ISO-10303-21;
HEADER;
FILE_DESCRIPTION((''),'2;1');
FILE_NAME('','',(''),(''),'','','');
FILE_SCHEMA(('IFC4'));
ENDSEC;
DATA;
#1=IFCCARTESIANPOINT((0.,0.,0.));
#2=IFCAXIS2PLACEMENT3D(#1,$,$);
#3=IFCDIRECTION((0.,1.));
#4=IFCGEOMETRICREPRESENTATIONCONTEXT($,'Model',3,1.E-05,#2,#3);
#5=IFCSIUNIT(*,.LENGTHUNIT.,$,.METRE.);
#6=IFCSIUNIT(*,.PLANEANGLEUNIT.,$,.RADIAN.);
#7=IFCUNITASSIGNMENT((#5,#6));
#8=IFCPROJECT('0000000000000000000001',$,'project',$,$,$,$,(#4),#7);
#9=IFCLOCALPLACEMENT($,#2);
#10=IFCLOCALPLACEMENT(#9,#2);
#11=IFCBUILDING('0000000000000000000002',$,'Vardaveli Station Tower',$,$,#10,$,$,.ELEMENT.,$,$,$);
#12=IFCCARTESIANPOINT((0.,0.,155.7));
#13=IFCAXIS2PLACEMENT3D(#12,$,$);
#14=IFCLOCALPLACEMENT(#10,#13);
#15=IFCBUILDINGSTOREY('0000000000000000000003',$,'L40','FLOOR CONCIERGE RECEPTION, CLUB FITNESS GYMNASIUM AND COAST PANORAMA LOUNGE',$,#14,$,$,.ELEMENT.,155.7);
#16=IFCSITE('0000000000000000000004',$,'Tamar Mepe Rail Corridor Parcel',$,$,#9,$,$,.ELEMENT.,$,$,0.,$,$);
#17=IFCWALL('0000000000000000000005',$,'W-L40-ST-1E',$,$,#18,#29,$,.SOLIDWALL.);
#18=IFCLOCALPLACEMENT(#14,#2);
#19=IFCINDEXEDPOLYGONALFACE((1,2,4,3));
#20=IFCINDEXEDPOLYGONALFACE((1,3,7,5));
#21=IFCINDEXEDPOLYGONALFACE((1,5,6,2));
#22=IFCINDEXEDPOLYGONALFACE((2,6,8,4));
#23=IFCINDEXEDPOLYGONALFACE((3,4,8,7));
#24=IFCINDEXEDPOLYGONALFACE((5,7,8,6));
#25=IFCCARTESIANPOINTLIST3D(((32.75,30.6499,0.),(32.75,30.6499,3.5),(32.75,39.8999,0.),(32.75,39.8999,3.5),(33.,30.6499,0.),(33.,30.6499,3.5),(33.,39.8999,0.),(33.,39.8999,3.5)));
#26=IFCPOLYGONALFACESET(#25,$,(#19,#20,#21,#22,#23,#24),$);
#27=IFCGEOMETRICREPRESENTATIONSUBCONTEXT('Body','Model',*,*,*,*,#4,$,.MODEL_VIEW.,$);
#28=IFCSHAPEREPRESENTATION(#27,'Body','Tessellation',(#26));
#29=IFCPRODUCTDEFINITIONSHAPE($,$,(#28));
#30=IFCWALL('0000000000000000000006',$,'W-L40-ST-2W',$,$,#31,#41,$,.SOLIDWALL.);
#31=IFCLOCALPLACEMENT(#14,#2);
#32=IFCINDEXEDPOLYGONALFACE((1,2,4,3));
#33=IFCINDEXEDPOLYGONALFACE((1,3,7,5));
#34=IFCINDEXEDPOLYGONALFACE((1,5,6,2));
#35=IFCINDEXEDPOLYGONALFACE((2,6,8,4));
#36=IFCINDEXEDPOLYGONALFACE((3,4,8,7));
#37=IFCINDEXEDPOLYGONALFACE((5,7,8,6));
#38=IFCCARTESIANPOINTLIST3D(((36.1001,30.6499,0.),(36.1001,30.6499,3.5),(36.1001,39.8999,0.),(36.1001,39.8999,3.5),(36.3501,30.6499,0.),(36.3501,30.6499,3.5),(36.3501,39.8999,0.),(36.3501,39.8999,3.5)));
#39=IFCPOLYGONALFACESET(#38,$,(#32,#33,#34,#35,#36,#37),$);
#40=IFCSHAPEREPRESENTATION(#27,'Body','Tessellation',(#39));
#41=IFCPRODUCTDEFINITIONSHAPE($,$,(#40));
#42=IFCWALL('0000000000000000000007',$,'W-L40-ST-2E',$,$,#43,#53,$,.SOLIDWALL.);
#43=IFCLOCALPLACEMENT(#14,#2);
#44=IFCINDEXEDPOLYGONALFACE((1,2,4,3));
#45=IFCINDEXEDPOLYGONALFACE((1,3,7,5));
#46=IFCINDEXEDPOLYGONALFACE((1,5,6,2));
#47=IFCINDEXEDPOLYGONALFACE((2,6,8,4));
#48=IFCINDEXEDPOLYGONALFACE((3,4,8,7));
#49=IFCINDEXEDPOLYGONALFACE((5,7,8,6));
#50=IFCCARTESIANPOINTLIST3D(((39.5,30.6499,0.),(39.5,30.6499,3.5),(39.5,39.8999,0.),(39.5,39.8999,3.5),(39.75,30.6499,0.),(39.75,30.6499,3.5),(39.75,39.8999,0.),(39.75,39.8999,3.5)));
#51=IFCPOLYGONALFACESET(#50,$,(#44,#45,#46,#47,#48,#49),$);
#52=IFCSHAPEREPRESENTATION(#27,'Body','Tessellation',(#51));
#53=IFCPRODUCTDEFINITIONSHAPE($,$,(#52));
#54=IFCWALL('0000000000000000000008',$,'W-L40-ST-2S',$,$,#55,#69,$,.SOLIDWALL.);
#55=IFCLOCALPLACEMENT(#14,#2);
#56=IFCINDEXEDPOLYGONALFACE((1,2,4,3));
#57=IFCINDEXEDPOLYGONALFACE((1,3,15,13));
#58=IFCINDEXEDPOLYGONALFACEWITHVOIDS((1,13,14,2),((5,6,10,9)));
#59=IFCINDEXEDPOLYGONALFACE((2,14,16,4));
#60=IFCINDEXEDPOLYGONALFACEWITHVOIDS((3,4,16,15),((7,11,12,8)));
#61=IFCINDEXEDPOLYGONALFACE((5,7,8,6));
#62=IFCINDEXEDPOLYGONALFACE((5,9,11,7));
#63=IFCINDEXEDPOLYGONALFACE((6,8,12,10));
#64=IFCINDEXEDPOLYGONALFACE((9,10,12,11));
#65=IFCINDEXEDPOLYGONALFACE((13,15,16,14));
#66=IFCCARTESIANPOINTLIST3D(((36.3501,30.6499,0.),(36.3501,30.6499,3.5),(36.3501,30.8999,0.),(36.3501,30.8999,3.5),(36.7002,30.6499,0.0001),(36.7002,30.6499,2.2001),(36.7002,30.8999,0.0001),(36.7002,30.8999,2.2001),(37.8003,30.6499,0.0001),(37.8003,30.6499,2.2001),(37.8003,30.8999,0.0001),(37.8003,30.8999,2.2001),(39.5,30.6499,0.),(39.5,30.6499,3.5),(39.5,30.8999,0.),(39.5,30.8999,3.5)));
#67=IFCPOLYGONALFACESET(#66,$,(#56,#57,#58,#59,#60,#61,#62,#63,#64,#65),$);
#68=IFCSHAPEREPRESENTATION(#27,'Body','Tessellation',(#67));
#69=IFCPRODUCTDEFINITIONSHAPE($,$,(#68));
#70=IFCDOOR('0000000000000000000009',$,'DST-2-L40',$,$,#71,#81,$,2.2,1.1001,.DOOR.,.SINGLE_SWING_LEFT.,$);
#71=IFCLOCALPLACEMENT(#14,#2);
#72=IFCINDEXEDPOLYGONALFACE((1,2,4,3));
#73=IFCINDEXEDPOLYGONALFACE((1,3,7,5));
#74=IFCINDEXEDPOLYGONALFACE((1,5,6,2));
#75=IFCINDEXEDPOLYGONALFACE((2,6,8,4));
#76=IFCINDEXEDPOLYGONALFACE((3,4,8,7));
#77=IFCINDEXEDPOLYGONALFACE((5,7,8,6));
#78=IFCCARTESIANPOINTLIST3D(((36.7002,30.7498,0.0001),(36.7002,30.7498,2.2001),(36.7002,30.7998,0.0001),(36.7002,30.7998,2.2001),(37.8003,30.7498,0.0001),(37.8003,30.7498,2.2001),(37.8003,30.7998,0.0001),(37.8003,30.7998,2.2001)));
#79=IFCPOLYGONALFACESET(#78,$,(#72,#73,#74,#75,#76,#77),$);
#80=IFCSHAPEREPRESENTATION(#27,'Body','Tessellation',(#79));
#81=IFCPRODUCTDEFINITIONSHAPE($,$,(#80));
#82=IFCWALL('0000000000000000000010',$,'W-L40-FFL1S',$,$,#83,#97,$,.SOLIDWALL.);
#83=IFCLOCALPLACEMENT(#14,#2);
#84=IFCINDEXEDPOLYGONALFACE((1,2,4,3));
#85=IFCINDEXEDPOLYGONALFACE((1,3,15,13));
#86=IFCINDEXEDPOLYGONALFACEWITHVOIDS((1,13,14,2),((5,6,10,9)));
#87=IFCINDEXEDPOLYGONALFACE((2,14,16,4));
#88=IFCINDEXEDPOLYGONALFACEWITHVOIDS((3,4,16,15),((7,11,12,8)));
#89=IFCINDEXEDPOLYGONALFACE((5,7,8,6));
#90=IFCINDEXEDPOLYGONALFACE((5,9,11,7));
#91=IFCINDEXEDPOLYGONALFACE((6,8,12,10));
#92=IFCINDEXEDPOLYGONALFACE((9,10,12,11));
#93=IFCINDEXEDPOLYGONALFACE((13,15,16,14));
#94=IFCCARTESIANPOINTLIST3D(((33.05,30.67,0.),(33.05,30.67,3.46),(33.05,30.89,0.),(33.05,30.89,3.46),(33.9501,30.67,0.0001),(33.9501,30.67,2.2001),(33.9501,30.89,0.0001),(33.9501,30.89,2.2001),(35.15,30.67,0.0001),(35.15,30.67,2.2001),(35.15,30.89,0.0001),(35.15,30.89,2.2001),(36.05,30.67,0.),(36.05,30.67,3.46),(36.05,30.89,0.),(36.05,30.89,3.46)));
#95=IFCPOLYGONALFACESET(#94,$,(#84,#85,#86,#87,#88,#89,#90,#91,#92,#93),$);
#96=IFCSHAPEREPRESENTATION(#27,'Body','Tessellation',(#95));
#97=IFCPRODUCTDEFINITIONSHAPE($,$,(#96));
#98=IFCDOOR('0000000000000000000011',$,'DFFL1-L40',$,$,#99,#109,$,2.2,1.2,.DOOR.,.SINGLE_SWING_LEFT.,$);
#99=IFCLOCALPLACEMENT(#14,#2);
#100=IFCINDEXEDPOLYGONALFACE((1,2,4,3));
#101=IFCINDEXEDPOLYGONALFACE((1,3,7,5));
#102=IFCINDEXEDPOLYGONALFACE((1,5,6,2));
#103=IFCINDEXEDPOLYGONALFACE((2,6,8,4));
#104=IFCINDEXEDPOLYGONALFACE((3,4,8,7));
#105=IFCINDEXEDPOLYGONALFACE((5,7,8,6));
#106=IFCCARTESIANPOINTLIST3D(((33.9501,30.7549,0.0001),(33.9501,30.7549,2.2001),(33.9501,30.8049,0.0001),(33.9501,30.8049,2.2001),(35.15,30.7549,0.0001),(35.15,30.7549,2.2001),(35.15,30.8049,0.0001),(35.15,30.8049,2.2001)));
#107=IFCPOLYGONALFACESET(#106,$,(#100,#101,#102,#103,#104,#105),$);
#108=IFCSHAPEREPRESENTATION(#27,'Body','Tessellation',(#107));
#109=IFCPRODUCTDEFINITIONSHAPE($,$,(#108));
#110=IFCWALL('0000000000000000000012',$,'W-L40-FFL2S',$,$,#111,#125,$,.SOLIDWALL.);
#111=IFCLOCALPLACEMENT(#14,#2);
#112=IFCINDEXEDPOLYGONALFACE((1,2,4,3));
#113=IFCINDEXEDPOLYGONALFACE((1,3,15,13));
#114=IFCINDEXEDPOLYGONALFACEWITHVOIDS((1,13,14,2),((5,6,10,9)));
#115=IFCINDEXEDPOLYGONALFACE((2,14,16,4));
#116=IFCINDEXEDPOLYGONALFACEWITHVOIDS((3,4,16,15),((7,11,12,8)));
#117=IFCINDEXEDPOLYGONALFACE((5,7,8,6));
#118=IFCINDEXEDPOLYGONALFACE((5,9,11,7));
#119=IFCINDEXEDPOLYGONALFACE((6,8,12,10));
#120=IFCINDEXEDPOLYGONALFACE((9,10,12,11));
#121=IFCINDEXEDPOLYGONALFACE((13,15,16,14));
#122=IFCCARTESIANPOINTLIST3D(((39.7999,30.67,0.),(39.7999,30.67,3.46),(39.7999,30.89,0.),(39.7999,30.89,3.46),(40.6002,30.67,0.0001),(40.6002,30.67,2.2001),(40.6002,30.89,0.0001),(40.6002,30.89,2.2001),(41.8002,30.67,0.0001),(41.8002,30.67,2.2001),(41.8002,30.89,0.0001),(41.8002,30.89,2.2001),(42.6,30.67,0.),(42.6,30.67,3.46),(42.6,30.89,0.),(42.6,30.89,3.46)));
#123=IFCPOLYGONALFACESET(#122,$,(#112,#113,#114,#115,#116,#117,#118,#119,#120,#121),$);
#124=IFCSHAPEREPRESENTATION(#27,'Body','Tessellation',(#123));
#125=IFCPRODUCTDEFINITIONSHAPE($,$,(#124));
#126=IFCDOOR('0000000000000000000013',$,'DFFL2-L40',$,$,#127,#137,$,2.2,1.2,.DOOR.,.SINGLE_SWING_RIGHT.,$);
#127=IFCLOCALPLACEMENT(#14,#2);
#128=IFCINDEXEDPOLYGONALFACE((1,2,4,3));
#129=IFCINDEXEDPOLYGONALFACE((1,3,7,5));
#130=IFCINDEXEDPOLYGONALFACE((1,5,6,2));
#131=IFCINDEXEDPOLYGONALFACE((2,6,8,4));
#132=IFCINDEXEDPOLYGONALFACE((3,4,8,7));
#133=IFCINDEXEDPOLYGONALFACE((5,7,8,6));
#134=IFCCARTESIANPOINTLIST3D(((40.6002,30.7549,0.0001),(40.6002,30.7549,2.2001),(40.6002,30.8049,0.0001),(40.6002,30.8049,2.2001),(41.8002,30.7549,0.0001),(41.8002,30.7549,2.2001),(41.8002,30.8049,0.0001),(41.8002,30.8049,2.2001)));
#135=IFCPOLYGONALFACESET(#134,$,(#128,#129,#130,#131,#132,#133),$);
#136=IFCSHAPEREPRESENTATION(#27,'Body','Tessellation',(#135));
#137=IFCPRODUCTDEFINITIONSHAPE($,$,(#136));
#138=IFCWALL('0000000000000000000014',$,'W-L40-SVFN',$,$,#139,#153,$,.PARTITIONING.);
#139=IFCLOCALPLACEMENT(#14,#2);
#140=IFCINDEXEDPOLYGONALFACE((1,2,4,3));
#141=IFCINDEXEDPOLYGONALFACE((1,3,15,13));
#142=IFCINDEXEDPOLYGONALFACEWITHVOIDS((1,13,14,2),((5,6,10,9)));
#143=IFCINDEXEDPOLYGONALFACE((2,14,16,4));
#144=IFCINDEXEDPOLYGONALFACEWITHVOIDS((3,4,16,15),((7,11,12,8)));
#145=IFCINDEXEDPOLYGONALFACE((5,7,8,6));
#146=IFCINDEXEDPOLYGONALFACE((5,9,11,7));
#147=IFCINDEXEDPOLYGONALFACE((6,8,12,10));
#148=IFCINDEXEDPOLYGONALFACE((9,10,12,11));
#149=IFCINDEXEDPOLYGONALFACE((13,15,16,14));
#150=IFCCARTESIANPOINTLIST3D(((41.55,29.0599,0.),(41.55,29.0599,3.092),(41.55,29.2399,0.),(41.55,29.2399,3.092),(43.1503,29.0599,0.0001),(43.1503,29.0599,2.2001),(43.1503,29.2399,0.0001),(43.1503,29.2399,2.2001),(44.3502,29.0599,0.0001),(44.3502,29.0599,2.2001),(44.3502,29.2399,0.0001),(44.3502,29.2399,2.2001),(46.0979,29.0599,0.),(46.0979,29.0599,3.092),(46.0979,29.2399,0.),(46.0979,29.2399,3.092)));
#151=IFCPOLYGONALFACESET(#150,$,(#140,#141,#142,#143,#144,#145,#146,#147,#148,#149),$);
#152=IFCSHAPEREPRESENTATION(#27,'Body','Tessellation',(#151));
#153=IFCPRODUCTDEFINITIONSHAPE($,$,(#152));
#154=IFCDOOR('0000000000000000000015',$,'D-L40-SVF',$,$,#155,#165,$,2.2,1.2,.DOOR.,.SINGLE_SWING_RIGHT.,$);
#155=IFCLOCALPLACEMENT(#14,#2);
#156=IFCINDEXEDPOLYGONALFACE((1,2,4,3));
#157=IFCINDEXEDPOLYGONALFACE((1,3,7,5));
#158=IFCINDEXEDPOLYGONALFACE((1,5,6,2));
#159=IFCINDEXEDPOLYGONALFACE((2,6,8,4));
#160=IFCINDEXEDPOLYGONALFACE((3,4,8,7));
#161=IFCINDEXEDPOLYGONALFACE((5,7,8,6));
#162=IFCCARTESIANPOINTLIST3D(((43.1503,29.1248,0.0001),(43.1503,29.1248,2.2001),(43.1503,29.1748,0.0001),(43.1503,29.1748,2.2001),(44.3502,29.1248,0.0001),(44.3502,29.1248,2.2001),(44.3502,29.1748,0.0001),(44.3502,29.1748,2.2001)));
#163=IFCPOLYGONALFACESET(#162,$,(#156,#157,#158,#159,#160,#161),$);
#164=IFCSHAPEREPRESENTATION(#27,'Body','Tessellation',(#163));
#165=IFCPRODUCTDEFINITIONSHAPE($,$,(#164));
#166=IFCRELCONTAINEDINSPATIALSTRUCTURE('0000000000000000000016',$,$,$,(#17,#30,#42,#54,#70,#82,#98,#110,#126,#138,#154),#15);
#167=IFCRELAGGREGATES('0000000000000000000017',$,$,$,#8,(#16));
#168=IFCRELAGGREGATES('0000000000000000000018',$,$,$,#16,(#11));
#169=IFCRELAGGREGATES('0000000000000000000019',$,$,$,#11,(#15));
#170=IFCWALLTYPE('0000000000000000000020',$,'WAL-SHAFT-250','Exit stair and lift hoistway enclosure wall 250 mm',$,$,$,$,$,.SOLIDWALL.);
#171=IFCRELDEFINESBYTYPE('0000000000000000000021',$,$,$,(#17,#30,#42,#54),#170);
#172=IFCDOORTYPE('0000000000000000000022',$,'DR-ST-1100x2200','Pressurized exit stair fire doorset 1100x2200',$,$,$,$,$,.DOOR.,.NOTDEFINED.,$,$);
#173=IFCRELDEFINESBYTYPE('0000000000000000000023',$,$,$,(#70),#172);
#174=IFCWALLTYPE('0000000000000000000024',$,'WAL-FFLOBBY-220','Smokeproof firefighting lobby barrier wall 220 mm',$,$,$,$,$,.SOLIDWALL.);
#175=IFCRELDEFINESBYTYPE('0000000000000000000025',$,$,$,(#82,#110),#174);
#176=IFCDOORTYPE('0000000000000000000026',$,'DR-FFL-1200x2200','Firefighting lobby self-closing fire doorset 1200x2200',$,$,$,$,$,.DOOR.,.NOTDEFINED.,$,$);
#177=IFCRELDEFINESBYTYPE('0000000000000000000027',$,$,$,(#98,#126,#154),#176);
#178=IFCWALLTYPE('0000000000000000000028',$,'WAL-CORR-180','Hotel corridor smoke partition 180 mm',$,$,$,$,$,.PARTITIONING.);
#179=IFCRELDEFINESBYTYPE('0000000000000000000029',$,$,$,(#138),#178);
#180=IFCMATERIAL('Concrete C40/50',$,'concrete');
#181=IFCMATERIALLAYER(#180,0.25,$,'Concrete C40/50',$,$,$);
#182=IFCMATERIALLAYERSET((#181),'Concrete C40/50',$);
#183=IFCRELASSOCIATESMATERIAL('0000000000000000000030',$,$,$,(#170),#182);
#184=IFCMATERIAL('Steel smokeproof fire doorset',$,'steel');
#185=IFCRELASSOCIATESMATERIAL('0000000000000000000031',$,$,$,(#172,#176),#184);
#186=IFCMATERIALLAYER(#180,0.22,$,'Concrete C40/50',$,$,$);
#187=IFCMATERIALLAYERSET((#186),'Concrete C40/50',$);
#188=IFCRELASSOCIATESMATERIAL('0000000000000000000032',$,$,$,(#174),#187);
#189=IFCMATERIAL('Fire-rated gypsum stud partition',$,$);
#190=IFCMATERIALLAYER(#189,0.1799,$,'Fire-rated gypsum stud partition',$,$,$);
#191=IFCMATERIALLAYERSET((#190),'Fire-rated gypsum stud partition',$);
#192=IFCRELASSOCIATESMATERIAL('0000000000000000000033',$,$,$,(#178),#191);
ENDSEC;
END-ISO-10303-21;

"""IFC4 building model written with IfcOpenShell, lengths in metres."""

from ifc_helpers import new_model, si_unit, direction, frame, frame_2d, origin, place, context, subcontext, project, spatial, rectangle, extrude, source, transform, mapped, material, layer, layer_set, type_object, element, fill, save


model = new_model("IFC4")

# Units and contexts
model_context = context("Model", 3, precision=1e-05, world=origin(), true_north=direction((0.0, 1.0)))
body_context = subcontext(model_context, "Body", "Model", "MODEL_VIEW")
ifc_project = project(units=[si_unit("LENGTHUNIT", "METRE"), si_unit("PLANEANGLEUNIT", "RADIAN")], contexts=[model_context])

# Site, building, storey
site_placement = place(None, origin())
site = spatial("IfcSite", under=ifc_project, at=site_placement, Name="Tamar Mepe Rail Corridor Parcel", CompositionType="ELEMENT", RefElevation=0.0)
building_placement = place(site_placement, origin())
building = spatial("IfcBuilding", under=site, at=building_placement, Name="Vardaveli Station Tower", CompositionType="ELEMENT")
storey_placement = place(building_placement, frame((0.0, 0.0, 155.7)))
storey = spatial("IfcBuildingStorey", under=building, at=storey_placement, Name="L40", Description="FLOOR CONCIERGE RECEPTION, CLUB FITNESS GYMNASIUM AND COAST PANORAMA LOUNGE", CompositionType="ELEMENT", Elevation=155.7)

# Walls
ifc_material_1 = material(Name="Concrete C40/50", Category="concrete")
ifc_layer_1 = layer(ifc_material_1, 0.25, Name="Concrete C40/50")
ifc_layer_set_1 = layer_set([ifc_layer_1], Name="Concrete C40/50")
wall_type_1 = type_object("IfcWallType", Name="WAL-SHAFT-250", Description="Exit stair and lift hoistway enclosure wall 250 mm", PredefinedType="SOLIDWALL", material=ifc_layer_set_1)
shared_shape_1 = source(origin(), body_context, "Body", "SweptSolid", [
    extrude(rectangle(XDim=9.25, YDim=0.25, at=frame_2d((4.625, 0.0))), origin(), (0.0, 0.0, 1.0), 3.5),
])
for number, where, z_axis, x_axis, name in (
    (1, (32.875, 30.6499, 0.0), (0.0, 0.0, 1.0), (0.0, 1.0, 0.0), "W-L40-ST-1E"),
    (2, (36.2251, 30.6499, 0.0), (0.0, 0.0, 1.0), (0.0, 1.0, 0.0), "W-L40-ST-2W"),
    (3, (39.625, 30.6499, 0.0), (0.0, 0.0, 1.0), (0.0, 1.0, 0.0), "W-L40-ST-2E"),
):
    element("IfcWall", number, at=place(storey_placement, frame(where, z_axis=z_axis, x_axis=x_axis)), inside=storey, type_object=wall_type_1, Name=name, PredefinedType="SOLIDWALL", context=body_context, shape_type="MappedRepresentation", body=[
        mapped(shared_shape_1, transform((0.0, 0.0, 0.0), scale=1.0)),
    ])

# Walls, openings, doors
shared_shape_2 = source(origin(), body_context, "Body", "SweptSolid", [
    extrude(rectangle(XDim=3.1499, YDim=0.25, at=frame_2d((1.575, 0.0))), origin(), (0.0, 0.0, 1.0), 3.5),
])
wall_1_placement = place(storey_placement, frame((36.3501, 30.7749, 0.0), z_axis=(0.0, 0.0, 1.0), x_axis=(1.0, 0.0, 0.0)))
wall_1 = element("IfcWall", 4, at=wall_1_placement, inside=storey, type_object=wall_type_1, Name="W-L40-ST-2S", PredefinedType="SOLIDWALL", context=body_context, shape_type="MappedRepresentation", body=[
    mapped(shared_shape_2, transform((0.0, 0.0, 0.0), scale=1.0)),
])
shared_shape_3 = source(origin(), body_context, "Body", "SweptSolid", [
    extrude(rectangle(XDim=1.1001, YDim=2.2, at=frame_2d((0.55, 1.1001))), frame((0.0, 0.135, 0.0), z_axis=(0.0, -1.0, 0.0), x_axis=(1.0, 0.0, 0.0)), (0.0, 0.0, 1.0), 0.27),
])
opening_1_placement = place(wall_1_placement, frame((0.3501, 0.0, 0.0)))
opening_1 = element("IfcOpeningElement", 5, at=opening_1_placement, cuts=wall_1, PredefinedType="OPENING", context=body_context, shape_type="MappedRepresentation", body=[
    mapped(shared_shape_3, transform((0.0, 0.0, 0.0), scale=1.0)),
])
ifc_material_2 = material(Name="Steel smokeproof fire doorset", Category="steel")
door_type_1 = type_object("IfcDoorType", Name="DR-ST-1100x2200", Description="Pressurized exit stair fire doorset 1100x2200", OperationType="NOTDEFINED", PredefinedType="DOOR", material=ifc_material_2)
shared_shape_4 = source(origin(), body_context, "Body", "SweptSolid", [
    extrude(rectangle(XDim=1.1001, YDim=2.2, at=frame_2d((0.55, 1.1001))), frame((0.0, 0.0249, 0.0), z_axis=(0.0, -1.0, 0.0), x_axis=(1.0, 0.0, 0.0)), (0.0, 0.0, 1.0), 0.05),
])
door_1_placement = place(opening_1_placement, origin())
door_1 = element("IfcDoor", 6, at=door_1_placement, inside=storey, type_object=door_type_1, Name="DST-2-L40", OperationType="SINGLE_SWING_LEFT", OverallHeight=2.2, OverallWidth=1.1001, PredefinedType="DOOR", context=body_context, shape_type="MappedRepresentation", body=[
    mapped(shared_shape_4, transform((0.0, 0.0, 0.0), scale=1.0)),
])
fill(opening_1, door_1)
ifc_layer_2 = layer(ifc_material_1, 0.22, Name="Concrete C40/50")
ifc_layer_set_2 = layer_set([ifc_layer_2], Name="Concrete C40/50")
wall_type_2 = type_object("IfcWallType", Name="WAL-FFLOBBY-220", Description="Smokeproof firefighting lobby barrier wall 220 mm", PredefinedType="SOLIDWALL", material=ifc_layer_set_2)
shared_shape_5 = source(origin(), body_context, "Body", "SweptSolid", [
    extrude(rectangle(XDim=3.0, YDim=0.22, at=frame_2d((1.5, 0.0))), origin(), (0.0, 0.0, 1.0), 3.46),
])
wall_2_placement = place(storey_placement, frame((33.05, 30.78, 0.0), z_axis=(0.0, 0.0, 1.0), x_axis=(1.0, 0.0, 0.0)))
wall_2 = element("IfcWall", 7, at=wall_2_placement, inside=storey, type_object=wall_type_2, Name="W-L40-FFL1S", PredefinedType="SOLIDWALL", context=body_context, shape_type="MappedRepresentation", body=[
    mapped(shared_shape_5, transform((0.0, 0.0, 0.0), scale=1.0)),
])
shared_shape_6 = source(origin(), body_context, "Body", "SweptSolid", [
    extrude(rectangle(XDim=1.2, YDim=2.2, at=frame_2d((0.6001, 1.1001))), frame((0.0, 0.1201, 0.0), z_axis=(0.0, -1.0, 0.0), x_axis=(1.0, 0.0, 0.0)), (0.0, 0.0, 1.0), 0.24),
])
opening_2_placement = place(wall_2_placement, frame((0.8999, 0.0, 0.0)))
opening_2 = element("IfcOpeningElement", 8, at=opening_2_placement, cuts=wall_2, PredefinedType="OPENING", context=body_context, shape_type="MappedRepresentation", body=[
    mapped(shared_shape_6, transform((0.0, 0.0, 0.0), scale=1.0)),
])
door_type_2 = type_object("IfcDoorType", Name="DR-FFL-1200x2200", Description="Firefighting lobby self-closing fire doorset 1200x2200", OperationType="NOTDEFINED", PredefinedType="DOOR", material=ifc_material_2)
shared_shape_7 = source(origin(), body_context, "Body", "SweptSolid", [
    extrude(rectangle(XDim=1.2, YDim=2.2, at=frame_2d((0.6001, 1.1001))), frame((0.0, 0.0249, 0.0), z_axis=(0.0, -1.0, 0.0), x_axis=(1.0, 0.0, 0.0)), (0.0, 0.0, 1.0), 0.05),
])
door_2_placement = place(opening_2_placement, origin())
door_2 = element("IfcDoor", 9, at=door_2_placement, inside=storey, type_object=door_type_2, Name="DFFL1-L40", OperationType="SINGLE_SWING_LEFT", OverallHeight=2.2, OverallWidth=1.2, PredefinedType="DOOR", context=body_context, shape_type="MappedRepresentation", body=[
    mapped(shared_shape_7, transform((0.0, 0.0, 0.0), scale=1.0)),
])
fill(opening_2, door_2)
shared_shape_8 = source(origin(), body_context, "Body", "SweptSolid", [
    extrude(rectangle(XDim=2.8, YDim=0.22, at=frame_2d((1.3999, 0.0))), origin(), (0.0, 0.0, 1.0), 3.46),
])
wall_3_placement = place(storey_placement, frame((39.8, 30.78, 0.0), z_axis=(0.0, 0.0, 1.0), x_axis=(1.0, 0.0, 0.0)))
wall_3 = element("IfcWall", 10, at=wall_3_placement, inside=storey, type_object=wall_type_2, Name="W-L40-FFL2S", PredefinedType="SOLIDWALL", context=body_context, shape_type="MappedRepresentation", body=[
    mapped(shared_shape_8, transform((0.0, 0.0, 0.0), scale=1.0)),
])
opening_3_placement = place(wall_3_placement, frame((0.8, 0.0, 0.0)))
opening_3 = element("IfcOpeningElement", 11, at=opening_3_placement, cuts=wall_3, PredefinedType="OPENING", context=body_context, shape_type="MappedRepresentation", body=[
    mapped(shared_shape_6, transform((0.0, 0.0, 0.0), scale=1.0)),
])
door_3_placement = place(opening_3_placement, origin())
door_3 = element("IfcDoor", 12, at=door_3_placement, inside=storey, type_object=door_type_2, Name="DFFL2-L40", OperationType="SINGLE_SWING_RIGHT", OverallHeight=2.2, OverallWidth=1.2, PredefinedType="DOOR", context=body_context, shape_type="MappedRepresentation", body=[
    mapped(shared_shape_7, transform((0.0, 0.0, 0.0), scale=1.0)),
])
fill(opening_3, door_3)
ifc_material_3 = material(Name="Fire-rated gypsum stud partition")
ifc_layer_3 = layer(ifc_material_3, 0.1799, Name="Fire-rated gypsum stud partition")
ifc_layer_set_3 = layer_set([ifc_layer_3], Name="Fire-rated gypsum stud partition")
wall_type_3 = type_object("IfcWallType", Name="WAL-CORR-180", Description="Hotel corridor smoke partition 180 mm", PredefinedType="PARTITIONING", material=ifc_layer_set_3)
shared_shape_9 = source(origin(), body_context, "Body", "SweptSolid", [
    extrude(rectangle(XDim=4.5479, YDim=0.1799, at=frame_2d((2.2739, 0.0))), origin(), (0.0, 0.0, 1.0), 3.092),
])
wall_4_placement = place(storey_placement, frame((41.55, 29.1499, 0.0), z_axis=(0.0, 0.0, 1.0), x_axis=(1.0, 0.0, 0.0)))
wall_4 = element("IfcWall", 13, at=wall_4_placement, inside=storey, type_object=wall_type_3, Name="W-L40-SVFN", PredefinedType="PARTITIONING", context=body_context, shape_type="MappedRepresentation", body=[
    mapped(shared_shape_9, transform((0.0, 0.0, 0.0), scale=1.0)),
])
shared_shape_10 = source(origin(), body_context, "Body", "SweptSolid", [
    extrude(rectangle(XDim=1.2, YDim=2.2, at=frame_2d((0.6001, 1.1001))), frame((0.0, 0.1001, 0.0), z_axis=(0.0, -1.0, 0.0), x_axis=(1.0, 0.0, 0.0)), (0.0, 0.0, 1.0), 0.2),
])
opening_4_placement = place(wall_4_placement, frame((1.6001, 0.0, 0.0)))
opening_4 = element("IfcOpeningElement", 14, at=opening_4_placement, cuts=wall_4, PredefinedType="OPENING", context=body_context, shape_type="MappedRepresentation", body=[
    mapped(shared_shape_10, transform((0.0, 0.0, 0.0), scale=1.0)),
])
door_4_placement = place(opening_4_placement, origin())
door_4 = element("IfcDoor", 15, at=door_4_placement, inside=storey, type_object=door_type_2, Name="D-L40-SVF", OperationType="SINGLE_SWING_RIGHT", OverallHeight=2.2, OverallWidth=1.2, PredefinedType="DOOR", context=body_context, shape_type="MappedRepresentation", body=[
    mapped(shared_shape_7, transform((0.0, 0.0, 0.0), scale=1.0)),
])
fill(opening_4, door_4)

save(model, "model.ifc")
